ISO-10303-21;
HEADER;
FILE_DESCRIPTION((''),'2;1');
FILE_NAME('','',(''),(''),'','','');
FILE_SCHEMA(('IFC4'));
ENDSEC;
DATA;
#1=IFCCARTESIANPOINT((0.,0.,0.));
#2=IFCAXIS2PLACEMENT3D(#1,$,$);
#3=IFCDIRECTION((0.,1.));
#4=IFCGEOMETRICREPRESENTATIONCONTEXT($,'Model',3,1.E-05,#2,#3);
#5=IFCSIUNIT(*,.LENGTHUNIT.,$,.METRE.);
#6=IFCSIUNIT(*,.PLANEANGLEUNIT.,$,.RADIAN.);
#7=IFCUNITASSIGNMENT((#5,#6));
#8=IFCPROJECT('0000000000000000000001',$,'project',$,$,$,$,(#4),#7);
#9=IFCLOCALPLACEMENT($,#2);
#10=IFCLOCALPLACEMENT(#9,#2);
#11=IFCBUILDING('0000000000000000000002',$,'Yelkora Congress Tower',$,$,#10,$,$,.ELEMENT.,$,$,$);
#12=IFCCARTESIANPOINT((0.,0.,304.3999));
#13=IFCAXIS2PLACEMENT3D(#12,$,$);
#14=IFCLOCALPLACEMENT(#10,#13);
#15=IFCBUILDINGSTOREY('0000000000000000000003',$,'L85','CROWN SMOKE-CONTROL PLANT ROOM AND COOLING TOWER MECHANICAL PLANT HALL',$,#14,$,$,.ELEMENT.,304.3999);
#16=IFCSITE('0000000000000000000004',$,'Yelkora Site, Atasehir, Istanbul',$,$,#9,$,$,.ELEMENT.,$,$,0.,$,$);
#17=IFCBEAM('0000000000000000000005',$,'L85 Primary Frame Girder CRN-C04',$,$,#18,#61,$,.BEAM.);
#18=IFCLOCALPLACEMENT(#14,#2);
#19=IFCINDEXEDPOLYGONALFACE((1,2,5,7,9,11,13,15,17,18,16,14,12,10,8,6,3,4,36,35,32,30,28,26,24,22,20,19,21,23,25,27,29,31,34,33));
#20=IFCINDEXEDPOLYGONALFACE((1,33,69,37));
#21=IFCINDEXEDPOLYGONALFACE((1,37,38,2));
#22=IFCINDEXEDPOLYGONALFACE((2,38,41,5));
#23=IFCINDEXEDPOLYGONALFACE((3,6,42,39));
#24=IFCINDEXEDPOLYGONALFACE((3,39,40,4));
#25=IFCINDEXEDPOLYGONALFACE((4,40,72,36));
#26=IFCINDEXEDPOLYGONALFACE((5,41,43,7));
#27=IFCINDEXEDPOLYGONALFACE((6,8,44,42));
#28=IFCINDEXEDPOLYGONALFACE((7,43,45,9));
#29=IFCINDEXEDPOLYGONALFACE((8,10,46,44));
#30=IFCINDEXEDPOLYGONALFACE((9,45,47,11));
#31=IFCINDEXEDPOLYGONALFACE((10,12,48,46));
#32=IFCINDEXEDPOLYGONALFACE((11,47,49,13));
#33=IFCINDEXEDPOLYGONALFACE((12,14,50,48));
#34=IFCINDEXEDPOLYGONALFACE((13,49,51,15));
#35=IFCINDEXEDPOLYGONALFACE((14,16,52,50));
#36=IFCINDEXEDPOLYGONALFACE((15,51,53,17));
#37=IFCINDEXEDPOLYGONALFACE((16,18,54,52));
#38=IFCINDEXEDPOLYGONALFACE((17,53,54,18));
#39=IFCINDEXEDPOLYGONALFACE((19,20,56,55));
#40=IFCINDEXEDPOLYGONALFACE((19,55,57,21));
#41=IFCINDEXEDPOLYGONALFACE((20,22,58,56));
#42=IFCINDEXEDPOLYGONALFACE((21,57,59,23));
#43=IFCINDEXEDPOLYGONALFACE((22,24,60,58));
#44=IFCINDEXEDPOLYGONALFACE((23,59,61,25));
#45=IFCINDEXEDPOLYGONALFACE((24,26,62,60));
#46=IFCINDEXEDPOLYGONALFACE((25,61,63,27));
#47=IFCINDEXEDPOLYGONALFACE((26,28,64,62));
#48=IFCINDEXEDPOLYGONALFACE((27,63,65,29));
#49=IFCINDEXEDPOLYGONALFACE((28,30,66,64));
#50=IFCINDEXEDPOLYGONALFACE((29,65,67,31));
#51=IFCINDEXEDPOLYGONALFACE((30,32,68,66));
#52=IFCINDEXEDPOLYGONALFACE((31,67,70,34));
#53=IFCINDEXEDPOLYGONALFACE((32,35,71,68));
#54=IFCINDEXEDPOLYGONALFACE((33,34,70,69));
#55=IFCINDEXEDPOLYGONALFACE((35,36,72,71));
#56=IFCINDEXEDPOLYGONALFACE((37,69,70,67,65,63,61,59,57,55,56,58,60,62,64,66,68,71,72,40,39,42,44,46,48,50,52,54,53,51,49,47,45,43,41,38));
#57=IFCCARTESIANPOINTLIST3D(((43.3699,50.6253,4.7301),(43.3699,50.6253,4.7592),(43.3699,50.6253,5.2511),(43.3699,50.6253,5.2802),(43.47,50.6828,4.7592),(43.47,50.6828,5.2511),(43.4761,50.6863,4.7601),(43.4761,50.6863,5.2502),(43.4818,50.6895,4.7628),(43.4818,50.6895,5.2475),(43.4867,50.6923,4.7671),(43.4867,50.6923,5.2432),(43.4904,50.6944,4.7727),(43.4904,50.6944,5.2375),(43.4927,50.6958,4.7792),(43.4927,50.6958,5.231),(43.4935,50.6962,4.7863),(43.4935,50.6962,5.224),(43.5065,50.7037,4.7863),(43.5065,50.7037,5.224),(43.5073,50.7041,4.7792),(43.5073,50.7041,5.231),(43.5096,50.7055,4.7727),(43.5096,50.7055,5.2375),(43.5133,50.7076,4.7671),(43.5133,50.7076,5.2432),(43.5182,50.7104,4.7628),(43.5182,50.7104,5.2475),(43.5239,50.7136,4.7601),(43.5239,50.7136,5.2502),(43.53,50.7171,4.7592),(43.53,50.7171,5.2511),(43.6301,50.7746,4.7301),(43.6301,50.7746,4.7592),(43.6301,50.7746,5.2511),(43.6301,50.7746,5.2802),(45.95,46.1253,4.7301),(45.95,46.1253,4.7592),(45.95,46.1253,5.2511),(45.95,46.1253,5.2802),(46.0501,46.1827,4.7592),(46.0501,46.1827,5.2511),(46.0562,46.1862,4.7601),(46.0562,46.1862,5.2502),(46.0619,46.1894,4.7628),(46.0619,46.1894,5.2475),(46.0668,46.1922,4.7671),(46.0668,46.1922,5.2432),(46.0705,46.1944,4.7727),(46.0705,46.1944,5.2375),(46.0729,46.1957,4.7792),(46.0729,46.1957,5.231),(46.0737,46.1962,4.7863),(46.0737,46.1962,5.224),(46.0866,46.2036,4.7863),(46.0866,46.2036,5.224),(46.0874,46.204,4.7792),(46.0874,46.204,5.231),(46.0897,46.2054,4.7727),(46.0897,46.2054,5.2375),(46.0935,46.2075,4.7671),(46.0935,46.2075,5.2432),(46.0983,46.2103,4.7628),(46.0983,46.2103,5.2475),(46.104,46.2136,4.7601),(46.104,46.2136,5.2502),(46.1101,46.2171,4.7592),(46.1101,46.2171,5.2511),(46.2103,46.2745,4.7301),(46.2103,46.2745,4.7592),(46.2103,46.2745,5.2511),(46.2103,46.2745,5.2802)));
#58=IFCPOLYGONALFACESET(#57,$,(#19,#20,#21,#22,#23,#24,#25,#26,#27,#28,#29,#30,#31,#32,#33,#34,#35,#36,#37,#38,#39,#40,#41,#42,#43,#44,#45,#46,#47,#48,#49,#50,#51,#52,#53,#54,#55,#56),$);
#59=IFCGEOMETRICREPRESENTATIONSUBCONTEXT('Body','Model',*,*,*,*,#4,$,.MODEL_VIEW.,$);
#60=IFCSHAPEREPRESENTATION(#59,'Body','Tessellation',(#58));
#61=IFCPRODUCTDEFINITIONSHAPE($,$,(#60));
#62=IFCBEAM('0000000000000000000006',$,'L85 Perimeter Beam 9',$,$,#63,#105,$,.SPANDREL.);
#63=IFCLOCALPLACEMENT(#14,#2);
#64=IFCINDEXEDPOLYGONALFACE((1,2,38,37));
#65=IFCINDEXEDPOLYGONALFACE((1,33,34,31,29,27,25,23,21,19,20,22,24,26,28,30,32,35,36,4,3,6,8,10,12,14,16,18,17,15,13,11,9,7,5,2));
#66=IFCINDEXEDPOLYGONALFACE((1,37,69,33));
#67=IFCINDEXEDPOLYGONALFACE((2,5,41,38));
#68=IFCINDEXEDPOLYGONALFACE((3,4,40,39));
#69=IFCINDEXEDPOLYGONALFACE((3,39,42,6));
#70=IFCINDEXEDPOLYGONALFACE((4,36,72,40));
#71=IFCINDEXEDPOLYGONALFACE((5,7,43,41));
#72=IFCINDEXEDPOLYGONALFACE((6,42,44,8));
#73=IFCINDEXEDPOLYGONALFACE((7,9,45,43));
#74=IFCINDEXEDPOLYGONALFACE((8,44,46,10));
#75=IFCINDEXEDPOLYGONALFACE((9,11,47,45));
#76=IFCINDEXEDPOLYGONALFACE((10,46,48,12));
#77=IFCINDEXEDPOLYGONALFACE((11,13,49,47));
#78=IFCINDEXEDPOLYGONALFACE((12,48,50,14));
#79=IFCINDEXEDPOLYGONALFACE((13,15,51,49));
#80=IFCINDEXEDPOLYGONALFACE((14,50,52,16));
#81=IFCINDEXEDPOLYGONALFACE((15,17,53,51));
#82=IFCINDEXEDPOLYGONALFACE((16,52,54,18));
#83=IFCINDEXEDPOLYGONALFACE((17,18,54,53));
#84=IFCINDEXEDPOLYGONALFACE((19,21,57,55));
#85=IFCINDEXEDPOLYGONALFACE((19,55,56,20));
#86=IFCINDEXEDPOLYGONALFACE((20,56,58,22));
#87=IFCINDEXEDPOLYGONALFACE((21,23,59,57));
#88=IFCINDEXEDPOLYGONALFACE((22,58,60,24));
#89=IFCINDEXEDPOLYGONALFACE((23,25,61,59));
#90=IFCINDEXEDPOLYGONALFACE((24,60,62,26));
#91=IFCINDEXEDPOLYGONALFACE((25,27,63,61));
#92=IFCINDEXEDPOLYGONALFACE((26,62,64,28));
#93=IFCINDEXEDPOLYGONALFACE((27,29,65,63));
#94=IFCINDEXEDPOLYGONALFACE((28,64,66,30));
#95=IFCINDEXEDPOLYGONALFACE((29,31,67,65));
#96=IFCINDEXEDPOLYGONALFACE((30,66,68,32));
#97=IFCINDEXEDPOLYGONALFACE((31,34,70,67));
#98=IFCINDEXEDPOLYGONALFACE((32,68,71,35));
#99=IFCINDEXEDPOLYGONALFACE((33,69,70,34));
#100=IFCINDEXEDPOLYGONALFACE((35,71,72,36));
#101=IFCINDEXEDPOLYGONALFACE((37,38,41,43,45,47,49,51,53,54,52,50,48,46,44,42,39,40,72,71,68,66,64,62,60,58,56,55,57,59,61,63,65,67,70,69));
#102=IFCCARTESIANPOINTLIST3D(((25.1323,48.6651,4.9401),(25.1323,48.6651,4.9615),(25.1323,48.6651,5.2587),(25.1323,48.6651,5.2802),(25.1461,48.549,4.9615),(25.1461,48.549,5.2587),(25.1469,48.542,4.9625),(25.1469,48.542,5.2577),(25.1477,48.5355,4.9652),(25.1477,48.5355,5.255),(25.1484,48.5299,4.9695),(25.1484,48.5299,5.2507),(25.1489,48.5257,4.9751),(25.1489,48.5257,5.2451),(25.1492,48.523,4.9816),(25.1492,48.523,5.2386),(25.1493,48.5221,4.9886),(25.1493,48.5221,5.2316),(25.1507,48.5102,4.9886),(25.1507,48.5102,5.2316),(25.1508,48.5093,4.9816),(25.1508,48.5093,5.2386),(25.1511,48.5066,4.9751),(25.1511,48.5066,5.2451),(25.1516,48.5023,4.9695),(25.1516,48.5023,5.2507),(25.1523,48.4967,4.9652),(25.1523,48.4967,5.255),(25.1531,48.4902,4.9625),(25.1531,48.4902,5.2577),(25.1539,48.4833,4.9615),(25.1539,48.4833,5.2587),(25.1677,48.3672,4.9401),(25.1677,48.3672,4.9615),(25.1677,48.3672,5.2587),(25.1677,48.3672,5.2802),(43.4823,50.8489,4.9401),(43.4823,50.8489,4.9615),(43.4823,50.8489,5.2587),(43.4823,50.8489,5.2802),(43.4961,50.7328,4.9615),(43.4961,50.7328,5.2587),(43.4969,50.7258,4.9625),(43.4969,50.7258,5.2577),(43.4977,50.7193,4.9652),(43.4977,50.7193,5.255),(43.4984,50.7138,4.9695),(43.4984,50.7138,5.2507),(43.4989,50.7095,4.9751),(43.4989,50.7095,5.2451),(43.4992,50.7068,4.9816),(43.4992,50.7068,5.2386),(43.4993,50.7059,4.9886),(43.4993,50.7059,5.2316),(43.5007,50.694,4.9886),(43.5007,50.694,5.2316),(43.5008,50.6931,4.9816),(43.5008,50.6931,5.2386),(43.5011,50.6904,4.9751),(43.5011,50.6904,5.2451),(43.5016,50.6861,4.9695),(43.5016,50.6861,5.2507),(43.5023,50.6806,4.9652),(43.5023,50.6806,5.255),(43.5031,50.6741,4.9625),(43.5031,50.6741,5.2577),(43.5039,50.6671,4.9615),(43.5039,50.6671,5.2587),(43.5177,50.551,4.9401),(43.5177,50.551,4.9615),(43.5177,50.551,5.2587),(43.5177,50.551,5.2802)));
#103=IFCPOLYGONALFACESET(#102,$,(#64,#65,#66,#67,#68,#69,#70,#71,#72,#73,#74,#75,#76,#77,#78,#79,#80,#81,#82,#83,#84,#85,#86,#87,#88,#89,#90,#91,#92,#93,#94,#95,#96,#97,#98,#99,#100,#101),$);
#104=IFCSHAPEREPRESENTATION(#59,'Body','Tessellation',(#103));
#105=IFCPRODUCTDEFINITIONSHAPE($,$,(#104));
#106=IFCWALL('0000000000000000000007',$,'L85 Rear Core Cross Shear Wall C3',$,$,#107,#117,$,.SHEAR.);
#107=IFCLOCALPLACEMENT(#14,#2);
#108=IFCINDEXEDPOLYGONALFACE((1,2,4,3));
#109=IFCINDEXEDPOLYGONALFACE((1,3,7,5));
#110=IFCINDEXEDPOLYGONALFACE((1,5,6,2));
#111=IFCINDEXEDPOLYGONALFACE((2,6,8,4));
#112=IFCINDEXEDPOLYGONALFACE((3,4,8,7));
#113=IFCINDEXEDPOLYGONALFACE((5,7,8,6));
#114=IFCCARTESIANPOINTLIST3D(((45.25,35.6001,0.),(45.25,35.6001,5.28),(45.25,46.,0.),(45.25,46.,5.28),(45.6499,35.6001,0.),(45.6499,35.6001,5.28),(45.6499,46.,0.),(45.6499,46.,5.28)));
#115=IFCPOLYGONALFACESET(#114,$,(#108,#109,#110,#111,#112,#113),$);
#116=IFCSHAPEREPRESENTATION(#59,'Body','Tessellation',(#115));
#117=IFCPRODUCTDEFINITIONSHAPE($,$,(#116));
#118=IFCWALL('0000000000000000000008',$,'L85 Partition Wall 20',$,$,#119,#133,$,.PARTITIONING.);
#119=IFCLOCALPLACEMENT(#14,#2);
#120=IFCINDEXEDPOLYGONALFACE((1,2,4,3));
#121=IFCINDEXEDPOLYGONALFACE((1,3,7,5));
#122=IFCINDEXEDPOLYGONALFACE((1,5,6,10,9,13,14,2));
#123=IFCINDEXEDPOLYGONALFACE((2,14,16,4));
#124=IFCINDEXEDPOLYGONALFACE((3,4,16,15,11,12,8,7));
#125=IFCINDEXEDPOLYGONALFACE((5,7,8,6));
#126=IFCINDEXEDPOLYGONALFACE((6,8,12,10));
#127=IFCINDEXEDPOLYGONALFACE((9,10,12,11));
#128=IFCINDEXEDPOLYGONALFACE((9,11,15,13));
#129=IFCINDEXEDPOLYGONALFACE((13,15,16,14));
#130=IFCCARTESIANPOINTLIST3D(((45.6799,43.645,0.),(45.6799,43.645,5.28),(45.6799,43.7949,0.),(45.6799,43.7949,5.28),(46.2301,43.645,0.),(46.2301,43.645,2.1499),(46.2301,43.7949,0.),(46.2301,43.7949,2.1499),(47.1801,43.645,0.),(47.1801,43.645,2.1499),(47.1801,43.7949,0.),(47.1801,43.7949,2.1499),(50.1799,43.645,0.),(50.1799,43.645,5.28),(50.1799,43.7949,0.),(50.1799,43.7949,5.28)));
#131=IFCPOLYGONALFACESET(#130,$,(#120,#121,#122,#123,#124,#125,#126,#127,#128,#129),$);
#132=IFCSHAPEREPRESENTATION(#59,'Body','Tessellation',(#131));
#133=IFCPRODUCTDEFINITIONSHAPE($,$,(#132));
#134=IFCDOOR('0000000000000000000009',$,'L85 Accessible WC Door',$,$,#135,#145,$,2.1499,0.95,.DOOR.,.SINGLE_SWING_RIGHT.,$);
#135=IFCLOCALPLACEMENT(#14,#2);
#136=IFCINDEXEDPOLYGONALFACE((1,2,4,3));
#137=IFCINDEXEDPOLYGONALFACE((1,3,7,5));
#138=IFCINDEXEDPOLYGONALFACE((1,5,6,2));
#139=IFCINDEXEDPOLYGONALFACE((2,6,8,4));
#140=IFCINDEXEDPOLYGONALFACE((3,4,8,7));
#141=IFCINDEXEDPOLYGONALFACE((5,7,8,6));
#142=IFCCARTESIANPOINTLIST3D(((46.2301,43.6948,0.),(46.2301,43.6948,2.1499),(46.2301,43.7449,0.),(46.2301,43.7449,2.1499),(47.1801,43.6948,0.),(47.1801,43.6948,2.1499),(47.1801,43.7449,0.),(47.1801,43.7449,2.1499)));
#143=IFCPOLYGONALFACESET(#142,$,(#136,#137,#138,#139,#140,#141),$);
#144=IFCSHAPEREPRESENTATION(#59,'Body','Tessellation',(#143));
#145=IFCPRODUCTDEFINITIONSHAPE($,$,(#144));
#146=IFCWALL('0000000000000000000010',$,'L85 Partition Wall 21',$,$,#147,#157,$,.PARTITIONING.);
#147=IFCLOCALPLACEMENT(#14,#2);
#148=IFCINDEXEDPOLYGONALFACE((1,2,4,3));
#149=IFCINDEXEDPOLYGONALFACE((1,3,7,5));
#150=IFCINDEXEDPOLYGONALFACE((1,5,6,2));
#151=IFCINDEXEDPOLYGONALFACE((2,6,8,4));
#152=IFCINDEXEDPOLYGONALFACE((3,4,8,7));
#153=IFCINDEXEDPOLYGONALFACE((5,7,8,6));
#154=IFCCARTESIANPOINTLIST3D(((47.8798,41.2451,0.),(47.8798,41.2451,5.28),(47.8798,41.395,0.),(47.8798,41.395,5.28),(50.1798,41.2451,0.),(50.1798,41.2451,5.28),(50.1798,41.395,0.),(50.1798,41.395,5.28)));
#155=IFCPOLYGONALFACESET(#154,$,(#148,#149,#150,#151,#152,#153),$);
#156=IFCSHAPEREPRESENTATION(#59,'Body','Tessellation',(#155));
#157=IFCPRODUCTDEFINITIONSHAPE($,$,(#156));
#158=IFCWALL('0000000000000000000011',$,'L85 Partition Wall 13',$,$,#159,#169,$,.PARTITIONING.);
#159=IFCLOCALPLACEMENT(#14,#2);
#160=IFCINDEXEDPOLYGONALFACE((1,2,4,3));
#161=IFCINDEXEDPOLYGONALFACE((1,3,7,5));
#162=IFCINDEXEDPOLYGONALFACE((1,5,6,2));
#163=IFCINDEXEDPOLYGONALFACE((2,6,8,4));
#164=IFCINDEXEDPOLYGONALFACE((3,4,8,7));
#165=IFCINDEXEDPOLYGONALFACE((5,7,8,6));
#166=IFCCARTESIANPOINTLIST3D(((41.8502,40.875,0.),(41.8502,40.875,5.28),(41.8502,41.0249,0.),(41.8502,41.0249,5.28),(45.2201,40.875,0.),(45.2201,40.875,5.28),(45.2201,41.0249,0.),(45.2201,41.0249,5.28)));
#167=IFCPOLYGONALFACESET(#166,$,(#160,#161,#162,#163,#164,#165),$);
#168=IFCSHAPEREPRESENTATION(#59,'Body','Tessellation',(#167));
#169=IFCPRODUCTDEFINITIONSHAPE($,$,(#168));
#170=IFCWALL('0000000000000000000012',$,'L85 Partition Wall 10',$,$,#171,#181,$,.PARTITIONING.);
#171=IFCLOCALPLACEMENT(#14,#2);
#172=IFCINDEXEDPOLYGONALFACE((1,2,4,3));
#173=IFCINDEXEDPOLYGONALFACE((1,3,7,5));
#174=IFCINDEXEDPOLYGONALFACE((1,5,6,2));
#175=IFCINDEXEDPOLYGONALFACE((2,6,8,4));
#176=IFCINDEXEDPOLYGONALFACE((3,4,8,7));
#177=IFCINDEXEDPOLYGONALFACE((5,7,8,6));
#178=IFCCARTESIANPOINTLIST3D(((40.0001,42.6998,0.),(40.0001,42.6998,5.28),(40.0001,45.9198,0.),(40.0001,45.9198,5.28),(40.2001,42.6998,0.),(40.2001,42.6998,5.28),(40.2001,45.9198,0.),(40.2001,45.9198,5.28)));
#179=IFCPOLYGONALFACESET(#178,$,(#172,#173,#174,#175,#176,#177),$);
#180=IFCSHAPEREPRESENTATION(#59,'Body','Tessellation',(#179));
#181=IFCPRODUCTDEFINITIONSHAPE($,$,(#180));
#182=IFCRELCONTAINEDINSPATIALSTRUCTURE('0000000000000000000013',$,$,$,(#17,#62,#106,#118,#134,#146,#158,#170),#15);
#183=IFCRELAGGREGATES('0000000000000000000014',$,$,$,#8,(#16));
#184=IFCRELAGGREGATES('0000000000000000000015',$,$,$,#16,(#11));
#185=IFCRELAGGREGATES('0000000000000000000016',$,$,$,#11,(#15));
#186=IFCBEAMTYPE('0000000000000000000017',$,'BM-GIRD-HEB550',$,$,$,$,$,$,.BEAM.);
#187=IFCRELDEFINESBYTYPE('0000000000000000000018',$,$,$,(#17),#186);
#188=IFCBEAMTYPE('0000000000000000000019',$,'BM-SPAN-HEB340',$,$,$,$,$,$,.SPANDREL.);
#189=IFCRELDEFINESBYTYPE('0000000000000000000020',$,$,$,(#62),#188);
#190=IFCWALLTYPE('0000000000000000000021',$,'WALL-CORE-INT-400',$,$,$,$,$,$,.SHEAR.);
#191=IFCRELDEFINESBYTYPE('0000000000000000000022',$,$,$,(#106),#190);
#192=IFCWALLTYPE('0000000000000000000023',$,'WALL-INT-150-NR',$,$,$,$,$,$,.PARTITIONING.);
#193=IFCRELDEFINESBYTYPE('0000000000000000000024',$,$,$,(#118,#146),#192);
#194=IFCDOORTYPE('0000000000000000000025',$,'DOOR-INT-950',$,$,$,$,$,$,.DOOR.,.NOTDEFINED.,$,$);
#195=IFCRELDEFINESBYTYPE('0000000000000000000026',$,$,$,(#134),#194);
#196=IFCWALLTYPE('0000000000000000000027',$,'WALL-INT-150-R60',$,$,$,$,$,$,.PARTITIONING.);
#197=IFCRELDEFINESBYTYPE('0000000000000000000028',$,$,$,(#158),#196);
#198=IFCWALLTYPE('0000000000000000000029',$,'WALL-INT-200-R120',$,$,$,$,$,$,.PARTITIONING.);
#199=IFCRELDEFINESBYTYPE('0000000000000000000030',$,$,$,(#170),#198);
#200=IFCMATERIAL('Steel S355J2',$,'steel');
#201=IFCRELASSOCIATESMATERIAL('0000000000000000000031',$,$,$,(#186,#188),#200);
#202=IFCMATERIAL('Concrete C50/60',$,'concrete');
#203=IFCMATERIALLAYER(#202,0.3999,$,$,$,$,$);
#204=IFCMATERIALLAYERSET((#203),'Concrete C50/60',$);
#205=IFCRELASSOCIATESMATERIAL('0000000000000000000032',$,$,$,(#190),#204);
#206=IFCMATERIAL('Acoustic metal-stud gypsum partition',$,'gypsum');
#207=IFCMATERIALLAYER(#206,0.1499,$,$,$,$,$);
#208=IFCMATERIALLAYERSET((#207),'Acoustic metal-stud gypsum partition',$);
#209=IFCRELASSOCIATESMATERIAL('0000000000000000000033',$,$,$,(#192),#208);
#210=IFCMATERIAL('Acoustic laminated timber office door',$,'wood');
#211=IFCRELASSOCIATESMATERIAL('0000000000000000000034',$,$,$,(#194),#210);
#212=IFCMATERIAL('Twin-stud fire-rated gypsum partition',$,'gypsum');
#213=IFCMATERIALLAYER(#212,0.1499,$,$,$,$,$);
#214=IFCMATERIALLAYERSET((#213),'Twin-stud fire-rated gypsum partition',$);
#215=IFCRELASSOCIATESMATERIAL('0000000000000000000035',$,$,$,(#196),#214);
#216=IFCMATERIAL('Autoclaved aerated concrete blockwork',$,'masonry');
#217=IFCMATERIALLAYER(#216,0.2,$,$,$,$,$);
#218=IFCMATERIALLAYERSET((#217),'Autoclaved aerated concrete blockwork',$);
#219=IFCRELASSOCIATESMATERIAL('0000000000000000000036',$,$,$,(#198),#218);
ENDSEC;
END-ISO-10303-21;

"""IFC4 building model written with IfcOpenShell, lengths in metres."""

from ifc_helpers import new_model, si_unit, direction, frame, frame_2d, origin, origin_2d, place, context, subcontext, project, spatial, rectangle, i_section, extrude, material, layer, layer_set, material_profile, profile_set, type_object, element, fill, save


model = new_model("IFC4")

# Units and contexts
model_context = context("Model", 3, precision=1e-05, world=origin(), true_north=direction((0.0, 1.0)))
body_context = subcontext(model_context, "Body", "Model", "MODEL_VIEW")
ifc_project = project(units=[si_unit("LENGTHUNIT", "METRE"), si_unit("PLANEANGLEUNIT", "RADIAN")], contexts=[model_context])

# Site, building, storey
site_placement = place(None, origin())
site = spatial("IfcSite", under=ifc_project, at=site_placement, Name="Yelkora Site, Atasehir, Istanbul", CompositionType="ELEMENT", RefElevation=0.0)
building_placement = place(site_placement, origin())
building = spatial("IfcBuilding", under=site, at=building_placement, Name="Yelkora Congress Tower", CompositionType="ELEMENT")
storey_placement = place(building_placement, frame((0.0, 0.0, 304.3999)))
storey = spatial("IfcBuildingStorey", under=building, at=storey_placement, Name="L85", Description="CROWN SMOKE-CONTROL PLANT ROOM AND COOLING TOWER MECHANICAL PLANT HALL", CompositionType="ELEMENT", Elevation=304.3999)

# Shared definitions
ifc_material_1 = material(Name="Steel S355J2", Category="steel")

# Beams
ifc_material_profile_1 = material_profile(ifc_material_1, i_section(OverallWidth=0.3, OverallDepth=0.55, WebThickness=0.0149, FlangeThickness=0.0291, FilletRadius=0.0271, at=origin_2d()), Name="HEB 550")
ifc_profile_set_1 = profile_set([ifc_material_profile_1], Name="Steel S355J2")
beam_type_1 = type_object("IfcBeamType", Name="BM-GIRD-HEB550", PredefinedType="BEAM", material=ifc_profile_set_1)
beam_1_placement = place(storey_placement, frame((43.5, 50.7, 5.0051), z_axis=(0.497395, -0.867524, 0.0), x_axis=(0.867524, 0.497395, 0.0)))
element("IfcBeam", 1, at=beam_1_placement, inside=storey, type_object=beam_type_1, Name="L85 Primary Frame Girder CRN-C04", PredefinedType="BEAM", context=body_context, shape_type="SweptSolid", body=[
    extrude(i_section(OverallWidth=0.3, OverallDepth=0.55, WebThickness=0.0149, FlangeThickness=0.0291, FilletRadius=0.0271, at=origin_2d()), origin(), (0.0, 0.0, 1.0), 5.1873),
])
ifc_material_profile_2 = material_profile(ifc_material_1, i_section(OverallWidth=0.3, OverallDepth=0.3401, WebThickness=0.012, FlangeThickness=0.0215, FilletRadius=0.0271, at=origin_2d()), Name="HEB 340")
ifc_profile_set_2 = profile_set([ifc_material_profile_2], Name="Steel S355J2")
beam_type_2 = type_object("IfcBeamType", Name="BM-SPAN-HEB340", PredefinedType="SPANDREL", material=ifc_profile_set_2)
beam_2_placement = place(storey_placement, frame((43.5, 50.7, 5.1101), z_axis=(-0.992993, -0.118176, 0.0), x_axis=(0.118176, -0.992993, 0.0)))
element("IfcBeam", 2, at=beam_2_placement, inside=storey, type_object=beam_type_2, Name="L85 Perimeter Beam 9", PredefinedType="SPANDREL", context=body_context, shape_type="SweptSolid", body=[
    extrude(i_section(OverallWidth=0.3, OverallDepth=0.3401, WebThickness=0.012, FlangeThickness=0.0215, FilletRadius=0.0271, at=origin_2d()), origin(), (0.0, 0.0, 1.0), 18.4795),
])

# Wall
ifc_material_2 = material(Name="Concrete C50/60", Category="concrete")
ifc_layer_1 = layer(ifc_material_2, 0.3999)
ifc_layer_set_1 = layer_set([ifc_layer_1], Name="Concrete C50/60")
wall_type_1 = type_object("IfcWallType", Name="WALL-CORE-INT-400", PredefinedType="SHEAR", material=ifc_layer_set_1)
wall_1_placement = place(storey_placement, frame((45.45, 35.6001, 0.0), z_axis=(0.0, 0.0, 1.0), x_axis=(0.0, 1.0, 0.0)))
element("IfcWall", 3, at=wall_1_placement, inside=storey, type_object=wall_type_1, Name="L85 Rear Core Cross Shear Wall C3", PredefinedType="SHEAR", context=body_context, shape_type="SweptSolid", body=[
    extrude(rectangle(XDim=10.3999, YDim=0.3999, at=frame_2d((5.2, 0.0))), origin(), (0.0, 0.0, 1.0), 5.28),
])

# Wall, opening, door
ifc_material_3 = material(Name="Acoustic metal-stud gypsum partition", Category="gypsum")
ifc_layer_2 = layer(ifc_material_3, 0.1499)
ifc_layer_set_2 = layer_set([ifc_layer_2], Name="Acoustic metal-stud gypsum partition")
wall_type_2 = type_object("IfcWallType", Name="WALL-INT-150-NR", PredefinedType="PARTITIONING", material=ifc_layer_set_2)
wall_2_placement = place(storey_placement, frame((45.6799, 43.72, 0.0), z_axis=(0.0, 0.0, 1.0), x_axis=(1.0, 0.0, 0.0)))
wall_2 = element("IfcWall", 4, at=wall_2_placement, inside=storey, type_object=wall_type_2, Name="L85 Partition Wall 20", PredefinedType="PARTITIONING", context=body_context, shape_type="SweptSolid", body=[
    extrude(rectangle(XDim=4.5, YDim=0.1499, at=frame_2d((2.25, 0.0))), origin(), (0.0, 0.0, 1.0), 5.28),
])
opening_1_placement = place(wall_2_placement, frame((0.55, 0.0, 0.0)))
opening_1 = element("IfcOpeningElement", 5, at=opening_1_placement, cuts=wall_2, PredefinedType="OPENING", context=body_context, shape_type="SweptSolid", body=[
    extrude(rectangle(XDim=0.95, YDim=2.1499, at=frame_2d((0.4751, 1.075))), frame((0.0, 0.085, 0.0), z_axis=(0.0, -1.0, 0.0), x_axis=(1.0, 0.0, 0.0)), (0.0, 0.0, 1.0), 0.1699),
])
ifc_material_4 = material(Name="Acoustic laminated timber office door", Category="wood")
door_type_1 = type_object("IfcDoorType", Name="DOOR-INT-950", OperationType="NOTDEFINED", PredefinedType="DOOR", material=ifc_material_4)
door_1_placement = place(opening_1_placement, origin())
door_1 = element("IfcDoor", 6, at=door_1_placement, inside=storey, type_object=door_type_1, Name="L85 Accessible WC Door", OperationType="SINGLE_SWING_RIGHT", OverallHeight=2.1499, OverallWidth=0.95, PredefinedType="DOOR", context=body_context, shape_type="SweptSolid", body=[
    extrude(rectangle(XDim=0.95, YDim=2.1499, at=frame_2d((0.4751, 1.075))), frame((0.0, 0.0249, 0.0), z_axis=(0.0, -1.0, 0.0), x_axis=(1.0, 0.0, 0.0)), (0.0, 0.0, 1.0), 0.05),
])
fill(opening_1, door_1)

# Wall
wall_3_placement = place(storey_placement, frame((47.8799, 41.3201, 0.0), z_axis=(0.0, 0.0, 1.0), x_axis=(1.0, 0.0, 0.0)))
element("IfcWall", 7, at=wall_3_placement, inside=storey, type_object=wall_type_2, Name="L85 Partition Wall 21", PredefinedType="PARTITIONING", context=body_context, shape_type="SweptSolid", body=[
    extrude(rectangle(XDim=2.3, YDim=0.1499, at=frame_2d((1.1499, 0.0))), origin(), (0.0, 0.0, 1.0), 5.28),
])

# Walls
ifc_material_5 = material(Name="Twin-stud fire-rated gypsum partition", Category="gypsum")
ifc_layer_3 = layer(ifc_material_5, 0.1499)
ifc_layer_set_3 = layer_set([ifc_layer_3], Name="Twin-stud fire-rated gypsum partition")
wall_type_3 = type_object("IfcWallType", Name="WALL-INT-150-R60", PredefinedType="PARTITIONING", material=ifc_layer_set_3)
wall_4_placement = place(storey_placement, frame((41.8501, 40.95, 0.0), z_axis=(0.0, 0.0, 1.0), x_axis=(1.0, 0.0, 0.0)))
element("IfcWall", 8, at=wall_4_placement, inside=storey, type_object=wall_type_3, Name="L85 Partition Wall 13", PredefinedType="PARTITIONING", context=body_context, shape_type="SweptSolid", body=[
    extrude(rectangle(XDim=3.3699, YDim=0.1499, at=frame_2d((1.6851, 0.0))), origin(), (0.0, 0.0, 1.0), 5.28),
])
ifc_material_6 = material(Name="Autoclaved aerated concrete blockwork", Category="masonry")
ifc_layer_4 = layer(ifc_material_6, 0.2)
ifc_layer_set_4 = layer_set([ifc_layer_4], Name="Autoclaved aerated concrete blockwork")
wall_type_4 = type_object("IfcWallType", Name="WALL-INT-200-R120", PredefinedType="PARTITIONING", material=ifc_layer_set_4)
wall_5_placement = place(storey_placement, frame((40.1001, 42.7, 0.0), z_axis=(0.0, 0.0, 1.0), x_axis=(0.0, 1.0, 0.0)))
element("IfcWall", 9, at=wall_5_placement, inside=storey, type_object=wall_type_4, Name="L85 Partition Wall 10", PredefinedType="PARTITIONING", context=body_context, shape_type="SweptSolid", body=[
    extrude(rectangle(XDim=3.22, YDim=0.2, at=frame_2d((1.6099, 0.0))), origin(), (0.0, 0.0, 1.0), 5.28),
])

save(model, "model.ifc")
